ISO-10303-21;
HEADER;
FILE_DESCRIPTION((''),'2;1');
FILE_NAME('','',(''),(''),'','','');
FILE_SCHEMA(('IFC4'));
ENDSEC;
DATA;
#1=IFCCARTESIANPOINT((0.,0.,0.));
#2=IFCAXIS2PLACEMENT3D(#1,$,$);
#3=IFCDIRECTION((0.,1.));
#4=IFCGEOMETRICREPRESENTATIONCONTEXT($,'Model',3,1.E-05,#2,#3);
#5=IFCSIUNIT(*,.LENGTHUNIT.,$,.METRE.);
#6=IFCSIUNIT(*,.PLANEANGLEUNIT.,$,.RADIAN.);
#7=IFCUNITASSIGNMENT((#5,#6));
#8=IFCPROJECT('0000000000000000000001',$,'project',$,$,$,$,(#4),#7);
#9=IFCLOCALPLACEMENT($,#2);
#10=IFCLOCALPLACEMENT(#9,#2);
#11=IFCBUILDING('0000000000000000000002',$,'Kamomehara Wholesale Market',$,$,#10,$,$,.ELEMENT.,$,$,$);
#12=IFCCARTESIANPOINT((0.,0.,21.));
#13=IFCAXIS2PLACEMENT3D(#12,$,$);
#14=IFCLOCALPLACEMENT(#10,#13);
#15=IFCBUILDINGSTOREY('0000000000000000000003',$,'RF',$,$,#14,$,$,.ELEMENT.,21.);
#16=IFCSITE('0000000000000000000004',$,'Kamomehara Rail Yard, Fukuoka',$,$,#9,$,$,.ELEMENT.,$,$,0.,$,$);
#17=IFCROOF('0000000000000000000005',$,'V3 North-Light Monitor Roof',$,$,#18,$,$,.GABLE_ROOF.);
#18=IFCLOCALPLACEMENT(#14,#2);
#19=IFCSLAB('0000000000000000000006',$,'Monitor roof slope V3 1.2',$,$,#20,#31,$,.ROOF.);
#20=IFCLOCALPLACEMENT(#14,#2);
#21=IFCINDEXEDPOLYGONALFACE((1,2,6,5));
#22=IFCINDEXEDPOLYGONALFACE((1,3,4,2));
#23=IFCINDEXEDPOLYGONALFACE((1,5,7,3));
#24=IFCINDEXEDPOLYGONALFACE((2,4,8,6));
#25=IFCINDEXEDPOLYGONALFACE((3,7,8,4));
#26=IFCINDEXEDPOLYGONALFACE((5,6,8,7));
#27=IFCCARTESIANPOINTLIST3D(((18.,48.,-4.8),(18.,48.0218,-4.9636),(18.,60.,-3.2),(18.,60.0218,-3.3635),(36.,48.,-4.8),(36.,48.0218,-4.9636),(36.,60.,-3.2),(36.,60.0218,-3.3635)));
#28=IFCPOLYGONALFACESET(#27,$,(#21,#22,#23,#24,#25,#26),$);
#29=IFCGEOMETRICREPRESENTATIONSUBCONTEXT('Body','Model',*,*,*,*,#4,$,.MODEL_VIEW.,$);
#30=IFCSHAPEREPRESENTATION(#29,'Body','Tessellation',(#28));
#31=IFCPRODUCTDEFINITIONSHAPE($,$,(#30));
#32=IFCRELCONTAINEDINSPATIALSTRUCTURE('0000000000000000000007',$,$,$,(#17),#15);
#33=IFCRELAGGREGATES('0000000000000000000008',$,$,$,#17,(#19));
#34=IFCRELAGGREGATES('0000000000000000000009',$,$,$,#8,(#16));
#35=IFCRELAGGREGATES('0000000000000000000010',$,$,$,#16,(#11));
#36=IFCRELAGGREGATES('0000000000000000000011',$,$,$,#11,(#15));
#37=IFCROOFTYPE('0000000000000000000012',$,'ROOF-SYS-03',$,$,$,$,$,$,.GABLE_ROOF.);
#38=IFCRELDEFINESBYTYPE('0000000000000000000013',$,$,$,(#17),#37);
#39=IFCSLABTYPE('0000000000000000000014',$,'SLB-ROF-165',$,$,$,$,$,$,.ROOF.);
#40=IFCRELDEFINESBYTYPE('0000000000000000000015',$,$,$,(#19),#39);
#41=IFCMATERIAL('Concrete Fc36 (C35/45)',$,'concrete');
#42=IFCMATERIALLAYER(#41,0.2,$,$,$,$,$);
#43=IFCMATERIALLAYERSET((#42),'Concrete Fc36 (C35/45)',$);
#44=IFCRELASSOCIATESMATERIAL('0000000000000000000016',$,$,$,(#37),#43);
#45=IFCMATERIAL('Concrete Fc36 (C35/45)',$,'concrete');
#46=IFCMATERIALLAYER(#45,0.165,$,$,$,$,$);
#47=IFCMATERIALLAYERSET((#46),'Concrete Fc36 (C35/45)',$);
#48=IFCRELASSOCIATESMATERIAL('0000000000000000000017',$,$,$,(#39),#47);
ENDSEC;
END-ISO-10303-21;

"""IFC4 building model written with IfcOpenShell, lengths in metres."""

from ifc_helpers import new_model, si_unit, direction, frame, origin, place, context, subcontext, project, spatial, polyline, outline, extrude, material, layer, layer_set, type_object, element, aggregate, save


model = new_model("IFC4")

# Units and contexts
model_context = context("Model", 3, precision=1e-05, world=origin(), true_north=direction((0.0, 1.0)))
body_context = subcontext(model_context, "Body", "Model", "MODEL_VIEW")
ifc_project = project(units=[si_unit("LENGTHUNIT", "METRE"), si_unit("PLANEANGLEUNIT", "RADIAN")], contexts=[model_context])

# Site, building, storey
site_placement = place(None, origin())
site = spatial("IfcSite", under=ifc_project, at=site_placement, Name="Kamomehara Rail Yard, Fukuoka", CompositionType="ELEMENT", RefElevation=0.0)
building_placement = place(site_placement, origin())
building = spatial("IfcBuilding", under=site, at=building_placement, Name="Kamomehara Wholesale Market", CompositionType="ELEMENT")
storey_placement = place(building_placement, frame((0.0, 0.0, 21.0)))
storey = spatial("IfcBuildingStorey", under=building, at=storey_placement, Name="RF", CompositionType="ELEMENT", Elevation=21.0)

# Roof, slab
ifc_material_1 = material(Name="Concrete Fc36 (C35/45)", Category="concrete")
ifc_layer_1 = layer(ifc_material_1, 0.2)
ifc_layer_set_1 = layer_set([ifc_layer_1], Name="Concrete Fc36 (C35/45)")
roof_type = type_object("IfcRoofType", Name="ROOF-SYS-03", PredefinedType="GABLE_ROOF", material=ifc_layer_set_1)
roof_placement = place(storey_placement, origin())
roof = element("IfcRoof", 1, at=roof_placement, inside=storey, type_object=roof_type, Name="V3 North-Light Monitor Roof", PredefinedType="GABLE_ROOF")
ifc_material_2 = material(Name="Concrete Fc36 (C35/45)", Category="concrete")
ifc_layer_2 = layer(ifc_material_2, 0.165)
ifc_layer_set_2 = layer_set([ifc_layer_2], Name="Concrete Fc36 (C35/45)")
slab_type = type_object("IfcSlabType", Name="SLB-ROF-165", PredefinedType="ROOF", material=ifc_layer_set_2)
slab_1_placement = place(storey_placement, frame((18.0, 48.0, -4.8), z_axis=(0.0, -0.132172, 0.991227), x_axis=(1.0, 0.0, 0.0)))
slab_1 = element("IfcSlab", 2, at=slab_1_placement, type_object=slab_type, Name="Monitor roof slope V3 1.2", PredefinedType="ROOF", context=body_context, shape_type="SweptSolid", body=[
    extrude(outline(polyline([(0.0, 0.0), (18.0, 0.0), (18.0, 12.1062), (0.0, 12.1062), (0.0, 0.0)])), origin(), (0.0, 0.0, -1.0), 0.165),
])
aggregate(roof, [slab_1])

save(model, "model.ifc")
